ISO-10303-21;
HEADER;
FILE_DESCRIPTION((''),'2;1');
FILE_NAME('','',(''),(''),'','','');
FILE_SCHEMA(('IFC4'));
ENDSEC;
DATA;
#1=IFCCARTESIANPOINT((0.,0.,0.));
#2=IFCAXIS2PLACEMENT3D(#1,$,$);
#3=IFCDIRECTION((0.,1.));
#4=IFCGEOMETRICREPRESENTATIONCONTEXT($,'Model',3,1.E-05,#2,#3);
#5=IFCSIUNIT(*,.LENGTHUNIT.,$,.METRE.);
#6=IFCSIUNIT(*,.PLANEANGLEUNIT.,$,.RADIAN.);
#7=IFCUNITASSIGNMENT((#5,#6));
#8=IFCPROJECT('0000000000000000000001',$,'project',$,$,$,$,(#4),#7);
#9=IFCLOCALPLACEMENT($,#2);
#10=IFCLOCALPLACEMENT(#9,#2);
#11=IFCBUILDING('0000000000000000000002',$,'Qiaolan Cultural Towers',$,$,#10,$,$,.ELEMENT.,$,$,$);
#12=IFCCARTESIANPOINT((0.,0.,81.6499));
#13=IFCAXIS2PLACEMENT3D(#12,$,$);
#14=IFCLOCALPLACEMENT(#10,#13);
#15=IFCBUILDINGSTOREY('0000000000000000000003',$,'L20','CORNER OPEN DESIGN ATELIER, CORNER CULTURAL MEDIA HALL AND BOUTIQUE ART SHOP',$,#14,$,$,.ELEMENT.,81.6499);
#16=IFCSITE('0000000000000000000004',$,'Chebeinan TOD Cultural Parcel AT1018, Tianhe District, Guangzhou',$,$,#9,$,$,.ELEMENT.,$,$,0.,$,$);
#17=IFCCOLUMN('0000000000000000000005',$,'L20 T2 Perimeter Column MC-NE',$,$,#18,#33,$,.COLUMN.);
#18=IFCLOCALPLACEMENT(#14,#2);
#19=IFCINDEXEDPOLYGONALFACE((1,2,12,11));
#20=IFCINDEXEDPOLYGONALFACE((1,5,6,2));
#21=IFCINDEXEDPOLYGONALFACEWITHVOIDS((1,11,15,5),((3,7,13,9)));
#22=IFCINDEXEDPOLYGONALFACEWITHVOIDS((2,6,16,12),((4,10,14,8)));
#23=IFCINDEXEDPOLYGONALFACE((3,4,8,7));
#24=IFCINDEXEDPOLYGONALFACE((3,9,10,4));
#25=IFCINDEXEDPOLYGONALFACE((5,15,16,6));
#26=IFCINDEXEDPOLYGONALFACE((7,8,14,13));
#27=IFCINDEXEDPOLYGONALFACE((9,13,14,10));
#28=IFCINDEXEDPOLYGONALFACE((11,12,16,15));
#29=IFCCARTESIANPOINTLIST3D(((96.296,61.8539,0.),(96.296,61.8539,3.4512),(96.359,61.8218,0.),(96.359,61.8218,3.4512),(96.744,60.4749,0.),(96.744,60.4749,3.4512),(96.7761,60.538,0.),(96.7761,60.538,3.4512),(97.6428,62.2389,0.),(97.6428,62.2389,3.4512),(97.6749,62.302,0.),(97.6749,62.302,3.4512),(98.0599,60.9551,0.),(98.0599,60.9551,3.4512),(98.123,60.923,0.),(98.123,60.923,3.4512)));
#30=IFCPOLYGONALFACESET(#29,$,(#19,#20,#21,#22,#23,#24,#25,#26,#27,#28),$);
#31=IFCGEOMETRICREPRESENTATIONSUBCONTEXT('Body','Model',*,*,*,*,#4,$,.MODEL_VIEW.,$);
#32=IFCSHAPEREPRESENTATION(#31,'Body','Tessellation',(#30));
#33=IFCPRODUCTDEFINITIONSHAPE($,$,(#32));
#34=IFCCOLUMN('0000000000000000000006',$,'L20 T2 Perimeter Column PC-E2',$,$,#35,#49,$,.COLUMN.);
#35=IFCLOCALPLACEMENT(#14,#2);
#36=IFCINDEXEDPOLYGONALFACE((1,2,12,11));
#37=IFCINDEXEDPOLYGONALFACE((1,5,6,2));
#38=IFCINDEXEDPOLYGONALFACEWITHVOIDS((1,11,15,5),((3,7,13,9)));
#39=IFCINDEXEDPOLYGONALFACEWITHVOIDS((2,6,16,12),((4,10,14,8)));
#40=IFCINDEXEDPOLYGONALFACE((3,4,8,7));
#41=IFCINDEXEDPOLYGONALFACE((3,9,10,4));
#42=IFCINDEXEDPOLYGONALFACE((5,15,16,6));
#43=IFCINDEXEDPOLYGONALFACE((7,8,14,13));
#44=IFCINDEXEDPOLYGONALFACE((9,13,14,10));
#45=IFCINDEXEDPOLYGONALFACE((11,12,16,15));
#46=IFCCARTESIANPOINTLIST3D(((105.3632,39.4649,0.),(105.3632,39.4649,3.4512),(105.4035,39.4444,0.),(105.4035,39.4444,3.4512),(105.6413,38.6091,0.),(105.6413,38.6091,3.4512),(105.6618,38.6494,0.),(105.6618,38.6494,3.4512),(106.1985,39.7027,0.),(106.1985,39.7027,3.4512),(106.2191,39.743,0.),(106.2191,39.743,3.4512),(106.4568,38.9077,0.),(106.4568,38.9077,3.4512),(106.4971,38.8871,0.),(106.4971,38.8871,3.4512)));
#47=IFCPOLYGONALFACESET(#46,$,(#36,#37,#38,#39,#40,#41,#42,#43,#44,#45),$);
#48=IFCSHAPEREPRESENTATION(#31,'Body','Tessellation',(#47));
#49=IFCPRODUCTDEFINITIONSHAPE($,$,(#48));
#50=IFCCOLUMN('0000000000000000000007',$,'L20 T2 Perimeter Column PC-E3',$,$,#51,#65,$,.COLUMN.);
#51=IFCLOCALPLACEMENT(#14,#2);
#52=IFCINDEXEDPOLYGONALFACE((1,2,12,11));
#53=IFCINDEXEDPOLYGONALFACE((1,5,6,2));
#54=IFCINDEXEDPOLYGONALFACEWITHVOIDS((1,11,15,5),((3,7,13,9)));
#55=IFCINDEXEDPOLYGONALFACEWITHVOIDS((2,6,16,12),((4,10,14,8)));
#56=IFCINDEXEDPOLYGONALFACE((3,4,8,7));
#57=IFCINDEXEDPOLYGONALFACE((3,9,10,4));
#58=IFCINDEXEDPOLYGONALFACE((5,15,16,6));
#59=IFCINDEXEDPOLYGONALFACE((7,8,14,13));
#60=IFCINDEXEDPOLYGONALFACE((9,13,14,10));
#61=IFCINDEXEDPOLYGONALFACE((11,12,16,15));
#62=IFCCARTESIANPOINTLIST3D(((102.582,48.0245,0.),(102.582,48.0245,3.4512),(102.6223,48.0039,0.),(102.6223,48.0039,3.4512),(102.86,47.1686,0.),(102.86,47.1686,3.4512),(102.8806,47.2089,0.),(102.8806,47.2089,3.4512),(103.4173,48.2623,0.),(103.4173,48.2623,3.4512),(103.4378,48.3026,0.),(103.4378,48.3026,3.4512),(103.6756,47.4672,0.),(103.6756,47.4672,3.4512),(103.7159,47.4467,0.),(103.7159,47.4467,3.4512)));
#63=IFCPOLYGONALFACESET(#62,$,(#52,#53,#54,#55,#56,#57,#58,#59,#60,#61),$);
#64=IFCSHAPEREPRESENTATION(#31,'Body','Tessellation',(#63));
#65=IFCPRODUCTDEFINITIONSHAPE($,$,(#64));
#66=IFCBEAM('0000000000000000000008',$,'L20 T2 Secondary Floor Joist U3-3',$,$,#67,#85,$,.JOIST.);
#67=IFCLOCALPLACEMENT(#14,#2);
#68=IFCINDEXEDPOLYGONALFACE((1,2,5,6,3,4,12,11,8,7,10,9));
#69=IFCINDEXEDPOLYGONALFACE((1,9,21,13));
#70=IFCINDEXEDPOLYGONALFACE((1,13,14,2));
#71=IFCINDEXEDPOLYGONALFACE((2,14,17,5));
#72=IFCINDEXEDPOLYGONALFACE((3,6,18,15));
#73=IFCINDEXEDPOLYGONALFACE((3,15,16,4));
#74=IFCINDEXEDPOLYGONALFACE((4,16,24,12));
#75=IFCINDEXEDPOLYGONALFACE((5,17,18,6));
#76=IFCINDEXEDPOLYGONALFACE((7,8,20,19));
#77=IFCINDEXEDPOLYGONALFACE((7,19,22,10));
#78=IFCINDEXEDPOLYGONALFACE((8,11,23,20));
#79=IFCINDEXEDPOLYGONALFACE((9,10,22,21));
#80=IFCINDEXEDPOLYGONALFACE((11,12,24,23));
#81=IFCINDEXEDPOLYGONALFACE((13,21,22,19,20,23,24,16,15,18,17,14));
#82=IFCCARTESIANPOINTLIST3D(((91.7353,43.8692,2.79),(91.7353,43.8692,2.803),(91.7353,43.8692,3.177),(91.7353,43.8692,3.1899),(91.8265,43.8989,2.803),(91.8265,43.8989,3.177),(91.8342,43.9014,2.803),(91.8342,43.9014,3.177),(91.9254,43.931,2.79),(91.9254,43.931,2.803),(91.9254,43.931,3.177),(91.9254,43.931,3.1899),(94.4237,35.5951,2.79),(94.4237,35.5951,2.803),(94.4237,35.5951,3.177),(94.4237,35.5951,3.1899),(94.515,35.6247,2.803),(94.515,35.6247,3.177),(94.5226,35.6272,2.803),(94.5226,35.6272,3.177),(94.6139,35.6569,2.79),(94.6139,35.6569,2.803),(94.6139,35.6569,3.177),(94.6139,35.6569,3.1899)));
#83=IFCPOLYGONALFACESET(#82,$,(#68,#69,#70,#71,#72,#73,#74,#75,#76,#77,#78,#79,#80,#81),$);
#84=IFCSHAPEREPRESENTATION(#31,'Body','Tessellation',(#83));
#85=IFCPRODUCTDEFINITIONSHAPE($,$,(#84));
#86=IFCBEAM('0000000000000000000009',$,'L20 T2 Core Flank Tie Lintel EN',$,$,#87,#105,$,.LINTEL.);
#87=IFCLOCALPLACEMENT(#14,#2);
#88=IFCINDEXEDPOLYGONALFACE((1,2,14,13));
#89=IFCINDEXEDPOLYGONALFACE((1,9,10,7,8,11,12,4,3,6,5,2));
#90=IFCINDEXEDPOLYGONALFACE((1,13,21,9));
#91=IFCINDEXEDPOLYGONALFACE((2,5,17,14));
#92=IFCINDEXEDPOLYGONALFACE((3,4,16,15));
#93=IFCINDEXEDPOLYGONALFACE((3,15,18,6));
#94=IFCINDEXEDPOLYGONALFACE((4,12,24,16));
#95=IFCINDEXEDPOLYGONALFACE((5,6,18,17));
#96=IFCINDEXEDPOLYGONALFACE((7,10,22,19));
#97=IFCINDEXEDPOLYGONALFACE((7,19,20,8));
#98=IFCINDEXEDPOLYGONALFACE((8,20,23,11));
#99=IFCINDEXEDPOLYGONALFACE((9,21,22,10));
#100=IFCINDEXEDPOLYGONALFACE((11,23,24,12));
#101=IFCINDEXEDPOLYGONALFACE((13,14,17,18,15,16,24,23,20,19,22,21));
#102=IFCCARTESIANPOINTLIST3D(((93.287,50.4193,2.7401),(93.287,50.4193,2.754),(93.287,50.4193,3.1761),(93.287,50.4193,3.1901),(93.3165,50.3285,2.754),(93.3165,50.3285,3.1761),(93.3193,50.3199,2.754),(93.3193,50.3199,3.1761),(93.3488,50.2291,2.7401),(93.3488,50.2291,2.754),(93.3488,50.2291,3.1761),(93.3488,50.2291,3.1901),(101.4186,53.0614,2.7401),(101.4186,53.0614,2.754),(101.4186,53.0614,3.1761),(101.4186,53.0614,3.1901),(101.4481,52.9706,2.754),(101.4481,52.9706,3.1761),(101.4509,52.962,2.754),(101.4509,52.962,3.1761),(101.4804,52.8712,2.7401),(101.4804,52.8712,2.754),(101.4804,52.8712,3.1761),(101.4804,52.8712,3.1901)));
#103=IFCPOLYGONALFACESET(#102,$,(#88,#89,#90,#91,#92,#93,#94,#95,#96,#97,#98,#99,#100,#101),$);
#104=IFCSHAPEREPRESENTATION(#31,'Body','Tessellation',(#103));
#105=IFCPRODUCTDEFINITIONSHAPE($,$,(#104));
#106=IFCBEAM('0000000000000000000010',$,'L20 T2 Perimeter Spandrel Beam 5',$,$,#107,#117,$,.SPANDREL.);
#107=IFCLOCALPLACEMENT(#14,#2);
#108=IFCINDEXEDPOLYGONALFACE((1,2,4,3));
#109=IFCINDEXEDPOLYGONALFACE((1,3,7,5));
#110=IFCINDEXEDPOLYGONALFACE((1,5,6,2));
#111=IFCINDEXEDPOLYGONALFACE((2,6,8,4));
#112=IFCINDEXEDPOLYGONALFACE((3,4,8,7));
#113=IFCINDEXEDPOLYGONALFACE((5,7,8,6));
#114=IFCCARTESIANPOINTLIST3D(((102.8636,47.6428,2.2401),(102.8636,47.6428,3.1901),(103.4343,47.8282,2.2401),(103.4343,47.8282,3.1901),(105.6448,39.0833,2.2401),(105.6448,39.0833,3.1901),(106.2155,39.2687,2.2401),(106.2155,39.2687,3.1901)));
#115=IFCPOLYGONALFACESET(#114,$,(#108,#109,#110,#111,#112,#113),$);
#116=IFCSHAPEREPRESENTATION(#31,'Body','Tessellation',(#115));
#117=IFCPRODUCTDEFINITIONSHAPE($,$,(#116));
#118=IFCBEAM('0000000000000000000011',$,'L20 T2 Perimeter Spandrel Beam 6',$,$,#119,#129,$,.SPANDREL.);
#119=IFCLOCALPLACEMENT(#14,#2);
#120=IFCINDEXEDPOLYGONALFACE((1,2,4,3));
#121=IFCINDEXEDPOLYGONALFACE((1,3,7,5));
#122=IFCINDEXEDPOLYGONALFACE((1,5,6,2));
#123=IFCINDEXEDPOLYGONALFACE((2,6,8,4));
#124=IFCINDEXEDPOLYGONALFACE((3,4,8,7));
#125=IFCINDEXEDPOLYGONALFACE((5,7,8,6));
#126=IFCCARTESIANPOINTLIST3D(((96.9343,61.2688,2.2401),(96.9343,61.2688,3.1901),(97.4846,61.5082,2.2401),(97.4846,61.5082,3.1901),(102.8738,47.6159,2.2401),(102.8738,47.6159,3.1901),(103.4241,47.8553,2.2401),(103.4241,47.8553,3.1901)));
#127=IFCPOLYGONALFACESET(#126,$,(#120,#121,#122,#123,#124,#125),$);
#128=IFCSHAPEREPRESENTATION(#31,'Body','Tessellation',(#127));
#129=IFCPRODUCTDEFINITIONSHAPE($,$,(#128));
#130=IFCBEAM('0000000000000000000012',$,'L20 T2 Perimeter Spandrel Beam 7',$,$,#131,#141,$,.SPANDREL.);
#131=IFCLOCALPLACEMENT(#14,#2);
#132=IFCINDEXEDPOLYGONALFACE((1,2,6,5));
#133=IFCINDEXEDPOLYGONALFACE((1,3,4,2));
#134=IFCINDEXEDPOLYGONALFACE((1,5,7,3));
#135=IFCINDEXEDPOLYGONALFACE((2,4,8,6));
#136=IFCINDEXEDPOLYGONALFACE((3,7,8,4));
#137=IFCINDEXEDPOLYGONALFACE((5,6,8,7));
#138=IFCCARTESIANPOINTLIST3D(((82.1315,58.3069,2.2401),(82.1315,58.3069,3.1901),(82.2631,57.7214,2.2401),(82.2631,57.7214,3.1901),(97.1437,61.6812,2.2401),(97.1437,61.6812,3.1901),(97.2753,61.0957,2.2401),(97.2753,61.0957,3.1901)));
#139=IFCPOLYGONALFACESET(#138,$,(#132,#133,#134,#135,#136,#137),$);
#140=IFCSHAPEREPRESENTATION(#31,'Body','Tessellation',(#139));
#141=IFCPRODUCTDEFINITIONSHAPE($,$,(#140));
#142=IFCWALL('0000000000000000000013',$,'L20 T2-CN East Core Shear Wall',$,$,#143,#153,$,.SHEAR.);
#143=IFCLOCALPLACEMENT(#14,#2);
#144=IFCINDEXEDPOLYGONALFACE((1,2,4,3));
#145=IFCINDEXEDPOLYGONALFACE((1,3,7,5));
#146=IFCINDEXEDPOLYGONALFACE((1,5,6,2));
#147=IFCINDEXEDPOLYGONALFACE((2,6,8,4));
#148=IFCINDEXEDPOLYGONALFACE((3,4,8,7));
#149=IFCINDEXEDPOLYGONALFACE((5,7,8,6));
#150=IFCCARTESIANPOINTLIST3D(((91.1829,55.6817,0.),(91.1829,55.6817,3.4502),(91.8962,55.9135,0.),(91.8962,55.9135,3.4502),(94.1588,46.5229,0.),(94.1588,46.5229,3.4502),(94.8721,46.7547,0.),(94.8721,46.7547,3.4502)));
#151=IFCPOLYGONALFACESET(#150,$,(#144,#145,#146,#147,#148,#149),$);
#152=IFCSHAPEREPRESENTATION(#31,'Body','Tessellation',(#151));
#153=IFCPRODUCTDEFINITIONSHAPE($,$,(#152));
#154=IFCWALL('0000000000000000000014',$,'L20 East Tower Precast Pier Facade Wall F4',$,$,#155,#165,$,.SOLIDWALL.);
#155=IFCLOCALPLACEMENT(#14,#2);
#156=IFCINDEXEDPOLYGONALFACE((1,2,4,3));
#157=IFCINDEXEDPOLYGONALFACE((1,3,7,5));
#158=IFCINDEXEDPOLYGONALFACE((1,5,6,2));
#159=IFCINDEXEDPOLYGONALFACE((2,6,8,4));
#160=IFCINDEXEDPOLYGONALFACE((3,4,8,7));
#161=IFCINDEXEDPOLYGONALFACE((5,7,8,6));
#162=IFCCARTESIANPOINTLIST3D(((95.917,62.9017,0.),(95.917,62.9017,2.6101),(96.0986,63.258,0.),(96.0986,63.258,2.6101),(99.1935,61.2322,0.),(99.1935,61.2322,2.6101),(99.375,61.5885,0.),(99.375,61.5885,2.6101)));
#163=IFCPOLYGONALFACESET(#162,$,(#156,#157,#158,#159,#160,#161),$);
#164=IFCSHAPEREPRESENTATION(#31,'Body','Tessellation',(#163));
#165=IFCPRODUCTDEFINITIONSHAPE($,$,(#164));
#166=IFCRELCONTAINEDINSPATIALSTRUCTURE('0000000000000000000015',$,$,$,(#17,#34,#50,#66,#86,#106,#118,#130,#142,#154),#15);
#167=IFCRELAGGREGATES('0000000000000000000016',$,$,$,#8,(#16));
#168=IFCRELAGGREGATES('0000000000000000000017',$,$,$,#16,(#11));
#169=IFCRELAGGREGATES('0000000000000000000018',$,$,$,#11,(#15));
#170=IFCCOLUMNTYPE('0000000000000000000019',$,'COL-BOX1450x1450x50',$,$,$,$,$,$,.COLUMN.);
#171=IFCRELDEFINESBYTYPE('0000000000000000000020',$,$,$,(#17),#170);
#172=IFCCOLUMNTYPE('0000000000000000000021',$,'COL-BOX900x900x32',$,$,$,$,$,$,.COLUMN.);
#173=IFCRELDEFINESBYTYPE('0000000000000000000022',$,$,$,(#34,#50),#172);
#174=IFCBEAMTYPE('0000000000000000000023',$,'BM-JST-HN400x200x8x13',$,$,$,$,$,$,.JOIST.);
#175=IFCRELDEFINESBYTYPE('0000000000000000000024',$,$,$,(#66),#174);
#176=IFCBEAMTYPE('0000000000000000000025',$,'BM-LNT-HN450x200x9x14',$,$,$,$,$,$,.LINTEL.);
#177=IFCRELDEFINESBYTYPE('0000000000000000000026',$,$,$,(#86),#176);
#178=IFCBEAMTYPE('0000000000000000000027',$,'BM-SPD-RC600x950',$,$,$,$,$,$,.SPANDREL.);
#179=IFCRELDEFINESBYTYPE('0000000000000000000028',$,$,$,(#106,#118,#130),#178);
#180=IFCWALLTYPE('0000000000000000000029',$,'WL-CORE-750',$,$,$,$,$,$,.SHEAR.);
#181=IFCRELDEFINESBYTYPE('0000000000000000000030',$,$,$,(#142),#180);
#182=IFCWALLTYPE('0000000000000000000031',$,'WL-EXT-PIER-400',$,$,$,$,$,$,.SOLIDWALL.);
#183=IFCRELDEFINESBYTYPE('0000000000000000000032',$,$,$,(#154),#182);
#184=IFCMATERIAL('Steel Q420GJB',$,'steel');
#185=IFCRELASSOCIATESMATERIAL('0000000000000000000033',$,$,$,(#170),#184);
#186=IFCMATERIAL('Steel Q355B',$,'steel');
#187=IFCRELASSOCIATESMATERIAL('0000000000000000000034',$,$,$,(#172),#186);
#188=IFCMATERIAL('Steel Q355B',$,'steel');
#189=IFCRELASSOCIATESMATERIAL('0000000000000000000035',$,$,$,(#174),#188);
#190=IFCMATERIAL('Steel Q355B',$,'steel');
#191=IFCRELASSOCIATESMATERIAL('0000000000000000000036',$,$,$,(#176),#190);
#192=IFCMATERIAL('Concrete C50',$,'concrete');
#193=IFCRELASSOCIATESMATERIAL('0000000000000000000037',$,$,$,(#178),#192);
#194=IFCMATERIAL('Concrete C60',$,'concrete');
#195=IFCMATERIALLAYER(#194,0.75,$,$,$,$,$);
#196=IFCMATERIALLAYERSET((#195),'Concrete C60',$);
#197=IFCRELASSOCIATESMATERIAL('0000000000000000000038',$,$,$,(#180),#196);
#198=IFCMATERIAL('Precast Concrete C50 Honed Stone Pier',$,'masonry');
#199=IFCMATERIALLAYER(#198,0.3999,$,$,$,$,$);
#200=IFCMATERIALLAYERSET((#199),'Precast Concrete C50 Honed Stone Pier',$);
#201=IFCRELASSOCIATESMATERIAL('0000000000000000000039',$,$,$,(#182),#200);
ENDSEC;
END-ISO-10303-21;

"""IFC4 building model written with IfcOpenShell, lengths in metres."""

from ifc_helpers import new_model, si_unit, direction, frame, frame_2d, origin, origin_2d, place, context, subcontext, project, spatial, rectangle, hollow_rectangle, i_section, extrude, material, layer, layer_set, material_profile, profile_set, type_object, element, save


model = new_model("IFC4")

# Units and contexts
model_context = context("Model", 3, precision=1e-05, world=origin(), true_north=direction((0.0, 1.0)))
body_context = subcontext(model_context, "Body", "Model", "MODEL_VIEW")
ifc_project = project(units=[si_unit("LENGTHUNIT", "METRE"), si_unit("PLANEANGLEUNIT", "RADIAN")], contexts=[model_context])

# Site, building, storey
site_placement = place(None, origin())
site = spatial("IfcSite", under=ifc_project, at=site_placement, Name="Chebeinan TOD Cultural Parcel AT1018, Tianhe District, Guangzhou", CompositionType="ELEMENT", RefElevation=0.0)
building_placement = place(site_placement, origin())
building = spatial("IfcBuilding", under=site, at=building_placement, Name="Qiaolan Cultural Towers", CompositionType="ELEMENT")
storey_placement = place(building_placement, frame((0.0, 0.0, 81.6499)))
storey = spatial("IfcBuildingStorey", under=building, at=storey_placement, Name="L20", Description="CORNER OPEN DESIGN ATELIER, CORNER CULTURAL MEDIA HALL AND BOUTIQUE ART SHOP", CompositionType="ELEMENT", Elevation=81.6499)

# Columns
ifc_material_1 = material(Name="Steel Q420GJB", Category="steel")
ifc_material_profile_1 = material_profile(ifc_material_1, hollow_rectangle(XDim=1.45, YDim=1.45, WallThickness=0.05, at=origin_2d()), Name="BOX1450x1450x50")
ifc_profile_set_1 = profile_set([ifc_material_profile_1], Name="Steel Q420GJB")
column_type_1 = type_object("IfcColumnType", Name="COL-BOX1450x1450x50", PredefinedType="COLUMN", material=ifc_profile_set_1)
column_placement = place(storey_placement, frame((97.2095, 61.3884, 0.0), z_axis=(0.0, 0.0, 1.0), x_axis=(0.951057, 0.309017, 0.0)))
element("IfcColumn", 1, at=column_placement, inside=storey, type_object=column_type_1, Name="L20 T2 Perimeter Column MC-NE", PredefinedType="COLUMN", context=body_context, shape_type="SweptSolid", body=[
    extrude(hollow_rectangle(XDim=1.45, YDim=1.45, WallThickness=0.05, at=origin_2d()), origin(), (0.0, 0.0, 1.0), 3.4512),
])
ifc_material_2 = material(Name="Steel Q355B", Category="steel")
ifc_material_profile_2 = material_profile(ifc_material_2, hollow_rectangle(XDim=0.8999, YDim=0.8999, WallThickness=0.032, at=origin_2d()), Name="BOX900x900x32")
ifc_profile_set_2 = profile_set([ifc_material_profile_2], Name="Steel Q355B")
column_type_2 = type_object("IfcColumnType", Name="COL-BOX900x900x32", PredefinedType="COLUMN", material=ifc_profile_set_2)
for number, where, z_axis, x_axis, name in (
    (2, (105.9302, 39.176, 0.0), (0.0, 0.0, 1.0), (0.951057, 0.309017, 0.0), "L20 T2 Perimeter Column PC-E2"),
    (3, (103.1489, 47.7356, 0.0), (0.0, 0.0, 1.0), (0.951057, 0.309017, 0.0), "L20 T2 Perimeter Column PC-E3"),
):
    element("IfcColumn", number, at=place(storey_placement, frame(where, z_axis=z_axis, x_axis=x_axis)), inside=storey, type_object=column_type_2, Name=name, PredefinedType="COLUMN", context=body_context, shape_type="SweptSolid", body=[
        extrude(hollow_rectangle(XDim=0.8999, YDim=0.8999, WallThickness=0.032, at=origin_2d()), origin(), (0.0, 0.0, 1.0), 3.4512),
    ])

# Beams
ifc_material_3 = material(Name="Steel Q355B", Category="steel")
ifc_material_profile_3 = material_profile(ifc_material_3, i_section(OverallWidth=0.2, OverallDepth=0.3999, WebThickness=0.0081, FlangeThickness=0.0129, at=origin_2d()), Name="HN400x200x8x13")
ifc_profile_set_3 = profile_set([ifc_material_profile_3], Name="Steel Q355B")
beam_type_1 = type_object("IfcBeamType", Name="BM-JST-HN400x200x8x13", PredefinedType="JOIST", material=ifc_profile_set_3)
beam_1_placement = place(storey_placement, frame((94.5188, 35.626, 2.99), z_axis=(-0.309021, 0.951055, 0.0), x_axis=(-0.951055, -0.309021, 0.0)))
element("IfcBeam", 4, at=beam_1_placement, inside=storey, type_object=beam_type_1, Name="L20 T2 Secondary Floor Joist U3-3", PredefinedType="JOIST", context=body_context, shape_type="SweptSolid", body=[
    extrude(i_section(OverallWidth=0.2, OverallDepth=0.3999, WebThickness=0.0081, FlangeThickness=0.0129, at=origin_2d()), origin(), (0.0, 0.0, 1.0), 8.7),
])
ifc_material_4 = material(Name="Steel Q355B", Category="steel")
ifc_material_profile_4 = material_profile(ifc_material_4, i_section(OverallWidth=0.2, OverallDepth=0.45, WebThickness=0.009, FlangeThickness=0.0139, at=origin_2d()), Name="HN450x200x9x14")
ifc_profile_set_4 = profile_set([ifc_material_profile_4], Name="Steel Q355B")
beam_type_2 = type_object("IfcBeamType", Name="BM-LNT-HN450x200x9x14", PredefinedType="LINTEL", material=ifc_profile_set_4)
beam_2_placement = place(storey_placement, frame((93.3179, 50.3242, 2.9651), z_axis=(0.951057, 0.309014, 0.0), x_axis=(-0.309014, 0.951057, 0.0)))
element("IfcBeam", 5, at=beam_2_placement, inside=storey, type_object=beam_type_2, Name="L20 T2 Core Flank Tie Lintel EN", PredefinedType="LINTEL", context=body_context, shape_type="SweptSolid", body=[
    extrude(i_section(OverallWidth=0.2, OverallDepth=0.45, WebThickness=0.009, FlangeThickness=0.0139, at=origin_2d()), origin(), (0.0, 0.0, 1.0), 8.55),
])
ifc_material_5 = material(Name="Concrete C50", Category="concrete")
ifc_material_profile_5 = material_profile(ifc_material_5, rectangle(XDim=0.6001, YDim=0.95, at=origin_2d()), Name="RC600x950")
ifc_profile_set_5 = profile_set([ifc_material_profile_5], Name="Concrete C50")
beam_type_3 = type_object("IfcBeamType", Name="BM-SPD-RC600x950", PredefinedType="SPANDREL", material=ifc_profile_set_5)
beam_3_placement = place(storey_placement, frame((105.9302, 39.176, 2.7151), z_axis=(-0.309025, 0.951054, 0.0), x_axis=(-0.951054, -0.309025, 0.0)))
element("IfcBeam", 6, at=beam_3_placement, inside=storey, type_object=beam_type_3, Name="L20 T2 Perimeter Spandrel Beam 5", PredefinedType="SPANDREL", context=body_context, shape_type="SweptSolid", body=[
    extrude(rectangle(XDim=0.6001, YDim=0.95, at=origin_2d()), origin(), (0.0, 0.0, 1.0), 9.0),
])
beam_4_placement = place(storey_placement, frame((103.1489, 47.7356, 2.7151), z_axis=(-0.39892, 0.916986, 0.0), x_axis=(-0.916986, -0.39892, 0.0)))
element("IfcBeam", 7, at=beam_4_placement, inside=storey, type_object=beam_type_3, Name="L20 T2 Perimeter Spandrel Beam 6", PredefinedType="SPANDREL", context=body_context, shape_type="SweptSolid", body=[
    extrude(rectangle(XDim=0.6001, YDim=0.95, at=origin_2d()), origin(), (0.0, 0.0, 1.0), 14.8889),
])
beam_5_placement = place(storey_placement, frame((97.2095, 61.3884, 2.7151), z_axis=(-0.975658, -0.219297, 0.0), x_axis=(0.219297, -0.975658, 0.0)))
element("IfcBeam", 8, at=beam_5_placement, inside=storey, type_object=beam_type_3, Name="L20 T2 Perimeter Spandrel Beam 7", PredefinedType="SPANDREL", context=body_context, shape_type="SweptSolid", body=[
    extrude(rectangle(XDim=0.6001, YDim=0.95, at=origin_2d()), origin(), (0.0, 0.0, 1.0), 15.3867),
])

# Walls
ifc_material_6 = material(Name="Concrete C60", Category="concrete")
ifc_layer_1 = layer(ifc_material_6, 0.75)
ifc_layer_set_1 = layer_set([ifc_layer_1], Name="Concrete C60")
wall_type_1 = type_object("IfcWallType", Name="WL-CORE-750", PredefinedType="SHEAR", material=ifc_layer_set_1)
wall_1_placement = place(storey_placement, frame((94.5154, 46.6389, 0.0), z_axis=(0.0, 0.0, 1.0), x_axis=(-0.309016, 0.951057, 0.0)))
element("IfcWall", 9, at=wall_1_placement, inside=storey, type_object=wall_type_1, Name="L20 T2-CN East Core Shear Wall", PredefinedType="SHEAR", context=body_context, shape_type="SweptSolid", body=[
    extrude(rectangle(XDim=9.6301, YDim=0.75, at=frame_2d((4.8149, 0.0))), origin(), (0.0, 0.0, 1.0), 3.4502),
])
ifc_material_7 = material(Name="Precast Concrete C50 Honed Stone Pier", Category="masonry")
ifc_layer_2 = layer(ifc_material_7, 0.3999)
ifc_layer_set_2 = layer_set([ifc_layer_2], Name="Precast Concrete C50 Honed Stone Pier")
wall_type_2 = type_object("IfcWallType", Name="WL-EXT-PIER-400", PredefinedType="SOLIDWALL", material=ifc_layer_set_2)
wall_2_placement = place(storey_placement, frame((96.0078, 63.0798, 0.0), z_axis=(0.0, 0.0, 1.0), x_axis=(0.891002, -0.453999, 0.0)))
element("IfcWall", 10, at=wall_2_placement, inside=storey, type_object=wall_type_2, Name="L20 East Tower Precast Pier Facade Wall F4", PredefinedType="SOLIDWALL", context=body_context, shape_type="SweptSolid", body=[
    extrude(rectangle(XDim=3.6772, YDim=0.3999, at=frame_2d((1.8386, 0.0))), origin(), (0.0, 0.0, 1.0), 2.6101),
])

save(model, "model.ifc")
